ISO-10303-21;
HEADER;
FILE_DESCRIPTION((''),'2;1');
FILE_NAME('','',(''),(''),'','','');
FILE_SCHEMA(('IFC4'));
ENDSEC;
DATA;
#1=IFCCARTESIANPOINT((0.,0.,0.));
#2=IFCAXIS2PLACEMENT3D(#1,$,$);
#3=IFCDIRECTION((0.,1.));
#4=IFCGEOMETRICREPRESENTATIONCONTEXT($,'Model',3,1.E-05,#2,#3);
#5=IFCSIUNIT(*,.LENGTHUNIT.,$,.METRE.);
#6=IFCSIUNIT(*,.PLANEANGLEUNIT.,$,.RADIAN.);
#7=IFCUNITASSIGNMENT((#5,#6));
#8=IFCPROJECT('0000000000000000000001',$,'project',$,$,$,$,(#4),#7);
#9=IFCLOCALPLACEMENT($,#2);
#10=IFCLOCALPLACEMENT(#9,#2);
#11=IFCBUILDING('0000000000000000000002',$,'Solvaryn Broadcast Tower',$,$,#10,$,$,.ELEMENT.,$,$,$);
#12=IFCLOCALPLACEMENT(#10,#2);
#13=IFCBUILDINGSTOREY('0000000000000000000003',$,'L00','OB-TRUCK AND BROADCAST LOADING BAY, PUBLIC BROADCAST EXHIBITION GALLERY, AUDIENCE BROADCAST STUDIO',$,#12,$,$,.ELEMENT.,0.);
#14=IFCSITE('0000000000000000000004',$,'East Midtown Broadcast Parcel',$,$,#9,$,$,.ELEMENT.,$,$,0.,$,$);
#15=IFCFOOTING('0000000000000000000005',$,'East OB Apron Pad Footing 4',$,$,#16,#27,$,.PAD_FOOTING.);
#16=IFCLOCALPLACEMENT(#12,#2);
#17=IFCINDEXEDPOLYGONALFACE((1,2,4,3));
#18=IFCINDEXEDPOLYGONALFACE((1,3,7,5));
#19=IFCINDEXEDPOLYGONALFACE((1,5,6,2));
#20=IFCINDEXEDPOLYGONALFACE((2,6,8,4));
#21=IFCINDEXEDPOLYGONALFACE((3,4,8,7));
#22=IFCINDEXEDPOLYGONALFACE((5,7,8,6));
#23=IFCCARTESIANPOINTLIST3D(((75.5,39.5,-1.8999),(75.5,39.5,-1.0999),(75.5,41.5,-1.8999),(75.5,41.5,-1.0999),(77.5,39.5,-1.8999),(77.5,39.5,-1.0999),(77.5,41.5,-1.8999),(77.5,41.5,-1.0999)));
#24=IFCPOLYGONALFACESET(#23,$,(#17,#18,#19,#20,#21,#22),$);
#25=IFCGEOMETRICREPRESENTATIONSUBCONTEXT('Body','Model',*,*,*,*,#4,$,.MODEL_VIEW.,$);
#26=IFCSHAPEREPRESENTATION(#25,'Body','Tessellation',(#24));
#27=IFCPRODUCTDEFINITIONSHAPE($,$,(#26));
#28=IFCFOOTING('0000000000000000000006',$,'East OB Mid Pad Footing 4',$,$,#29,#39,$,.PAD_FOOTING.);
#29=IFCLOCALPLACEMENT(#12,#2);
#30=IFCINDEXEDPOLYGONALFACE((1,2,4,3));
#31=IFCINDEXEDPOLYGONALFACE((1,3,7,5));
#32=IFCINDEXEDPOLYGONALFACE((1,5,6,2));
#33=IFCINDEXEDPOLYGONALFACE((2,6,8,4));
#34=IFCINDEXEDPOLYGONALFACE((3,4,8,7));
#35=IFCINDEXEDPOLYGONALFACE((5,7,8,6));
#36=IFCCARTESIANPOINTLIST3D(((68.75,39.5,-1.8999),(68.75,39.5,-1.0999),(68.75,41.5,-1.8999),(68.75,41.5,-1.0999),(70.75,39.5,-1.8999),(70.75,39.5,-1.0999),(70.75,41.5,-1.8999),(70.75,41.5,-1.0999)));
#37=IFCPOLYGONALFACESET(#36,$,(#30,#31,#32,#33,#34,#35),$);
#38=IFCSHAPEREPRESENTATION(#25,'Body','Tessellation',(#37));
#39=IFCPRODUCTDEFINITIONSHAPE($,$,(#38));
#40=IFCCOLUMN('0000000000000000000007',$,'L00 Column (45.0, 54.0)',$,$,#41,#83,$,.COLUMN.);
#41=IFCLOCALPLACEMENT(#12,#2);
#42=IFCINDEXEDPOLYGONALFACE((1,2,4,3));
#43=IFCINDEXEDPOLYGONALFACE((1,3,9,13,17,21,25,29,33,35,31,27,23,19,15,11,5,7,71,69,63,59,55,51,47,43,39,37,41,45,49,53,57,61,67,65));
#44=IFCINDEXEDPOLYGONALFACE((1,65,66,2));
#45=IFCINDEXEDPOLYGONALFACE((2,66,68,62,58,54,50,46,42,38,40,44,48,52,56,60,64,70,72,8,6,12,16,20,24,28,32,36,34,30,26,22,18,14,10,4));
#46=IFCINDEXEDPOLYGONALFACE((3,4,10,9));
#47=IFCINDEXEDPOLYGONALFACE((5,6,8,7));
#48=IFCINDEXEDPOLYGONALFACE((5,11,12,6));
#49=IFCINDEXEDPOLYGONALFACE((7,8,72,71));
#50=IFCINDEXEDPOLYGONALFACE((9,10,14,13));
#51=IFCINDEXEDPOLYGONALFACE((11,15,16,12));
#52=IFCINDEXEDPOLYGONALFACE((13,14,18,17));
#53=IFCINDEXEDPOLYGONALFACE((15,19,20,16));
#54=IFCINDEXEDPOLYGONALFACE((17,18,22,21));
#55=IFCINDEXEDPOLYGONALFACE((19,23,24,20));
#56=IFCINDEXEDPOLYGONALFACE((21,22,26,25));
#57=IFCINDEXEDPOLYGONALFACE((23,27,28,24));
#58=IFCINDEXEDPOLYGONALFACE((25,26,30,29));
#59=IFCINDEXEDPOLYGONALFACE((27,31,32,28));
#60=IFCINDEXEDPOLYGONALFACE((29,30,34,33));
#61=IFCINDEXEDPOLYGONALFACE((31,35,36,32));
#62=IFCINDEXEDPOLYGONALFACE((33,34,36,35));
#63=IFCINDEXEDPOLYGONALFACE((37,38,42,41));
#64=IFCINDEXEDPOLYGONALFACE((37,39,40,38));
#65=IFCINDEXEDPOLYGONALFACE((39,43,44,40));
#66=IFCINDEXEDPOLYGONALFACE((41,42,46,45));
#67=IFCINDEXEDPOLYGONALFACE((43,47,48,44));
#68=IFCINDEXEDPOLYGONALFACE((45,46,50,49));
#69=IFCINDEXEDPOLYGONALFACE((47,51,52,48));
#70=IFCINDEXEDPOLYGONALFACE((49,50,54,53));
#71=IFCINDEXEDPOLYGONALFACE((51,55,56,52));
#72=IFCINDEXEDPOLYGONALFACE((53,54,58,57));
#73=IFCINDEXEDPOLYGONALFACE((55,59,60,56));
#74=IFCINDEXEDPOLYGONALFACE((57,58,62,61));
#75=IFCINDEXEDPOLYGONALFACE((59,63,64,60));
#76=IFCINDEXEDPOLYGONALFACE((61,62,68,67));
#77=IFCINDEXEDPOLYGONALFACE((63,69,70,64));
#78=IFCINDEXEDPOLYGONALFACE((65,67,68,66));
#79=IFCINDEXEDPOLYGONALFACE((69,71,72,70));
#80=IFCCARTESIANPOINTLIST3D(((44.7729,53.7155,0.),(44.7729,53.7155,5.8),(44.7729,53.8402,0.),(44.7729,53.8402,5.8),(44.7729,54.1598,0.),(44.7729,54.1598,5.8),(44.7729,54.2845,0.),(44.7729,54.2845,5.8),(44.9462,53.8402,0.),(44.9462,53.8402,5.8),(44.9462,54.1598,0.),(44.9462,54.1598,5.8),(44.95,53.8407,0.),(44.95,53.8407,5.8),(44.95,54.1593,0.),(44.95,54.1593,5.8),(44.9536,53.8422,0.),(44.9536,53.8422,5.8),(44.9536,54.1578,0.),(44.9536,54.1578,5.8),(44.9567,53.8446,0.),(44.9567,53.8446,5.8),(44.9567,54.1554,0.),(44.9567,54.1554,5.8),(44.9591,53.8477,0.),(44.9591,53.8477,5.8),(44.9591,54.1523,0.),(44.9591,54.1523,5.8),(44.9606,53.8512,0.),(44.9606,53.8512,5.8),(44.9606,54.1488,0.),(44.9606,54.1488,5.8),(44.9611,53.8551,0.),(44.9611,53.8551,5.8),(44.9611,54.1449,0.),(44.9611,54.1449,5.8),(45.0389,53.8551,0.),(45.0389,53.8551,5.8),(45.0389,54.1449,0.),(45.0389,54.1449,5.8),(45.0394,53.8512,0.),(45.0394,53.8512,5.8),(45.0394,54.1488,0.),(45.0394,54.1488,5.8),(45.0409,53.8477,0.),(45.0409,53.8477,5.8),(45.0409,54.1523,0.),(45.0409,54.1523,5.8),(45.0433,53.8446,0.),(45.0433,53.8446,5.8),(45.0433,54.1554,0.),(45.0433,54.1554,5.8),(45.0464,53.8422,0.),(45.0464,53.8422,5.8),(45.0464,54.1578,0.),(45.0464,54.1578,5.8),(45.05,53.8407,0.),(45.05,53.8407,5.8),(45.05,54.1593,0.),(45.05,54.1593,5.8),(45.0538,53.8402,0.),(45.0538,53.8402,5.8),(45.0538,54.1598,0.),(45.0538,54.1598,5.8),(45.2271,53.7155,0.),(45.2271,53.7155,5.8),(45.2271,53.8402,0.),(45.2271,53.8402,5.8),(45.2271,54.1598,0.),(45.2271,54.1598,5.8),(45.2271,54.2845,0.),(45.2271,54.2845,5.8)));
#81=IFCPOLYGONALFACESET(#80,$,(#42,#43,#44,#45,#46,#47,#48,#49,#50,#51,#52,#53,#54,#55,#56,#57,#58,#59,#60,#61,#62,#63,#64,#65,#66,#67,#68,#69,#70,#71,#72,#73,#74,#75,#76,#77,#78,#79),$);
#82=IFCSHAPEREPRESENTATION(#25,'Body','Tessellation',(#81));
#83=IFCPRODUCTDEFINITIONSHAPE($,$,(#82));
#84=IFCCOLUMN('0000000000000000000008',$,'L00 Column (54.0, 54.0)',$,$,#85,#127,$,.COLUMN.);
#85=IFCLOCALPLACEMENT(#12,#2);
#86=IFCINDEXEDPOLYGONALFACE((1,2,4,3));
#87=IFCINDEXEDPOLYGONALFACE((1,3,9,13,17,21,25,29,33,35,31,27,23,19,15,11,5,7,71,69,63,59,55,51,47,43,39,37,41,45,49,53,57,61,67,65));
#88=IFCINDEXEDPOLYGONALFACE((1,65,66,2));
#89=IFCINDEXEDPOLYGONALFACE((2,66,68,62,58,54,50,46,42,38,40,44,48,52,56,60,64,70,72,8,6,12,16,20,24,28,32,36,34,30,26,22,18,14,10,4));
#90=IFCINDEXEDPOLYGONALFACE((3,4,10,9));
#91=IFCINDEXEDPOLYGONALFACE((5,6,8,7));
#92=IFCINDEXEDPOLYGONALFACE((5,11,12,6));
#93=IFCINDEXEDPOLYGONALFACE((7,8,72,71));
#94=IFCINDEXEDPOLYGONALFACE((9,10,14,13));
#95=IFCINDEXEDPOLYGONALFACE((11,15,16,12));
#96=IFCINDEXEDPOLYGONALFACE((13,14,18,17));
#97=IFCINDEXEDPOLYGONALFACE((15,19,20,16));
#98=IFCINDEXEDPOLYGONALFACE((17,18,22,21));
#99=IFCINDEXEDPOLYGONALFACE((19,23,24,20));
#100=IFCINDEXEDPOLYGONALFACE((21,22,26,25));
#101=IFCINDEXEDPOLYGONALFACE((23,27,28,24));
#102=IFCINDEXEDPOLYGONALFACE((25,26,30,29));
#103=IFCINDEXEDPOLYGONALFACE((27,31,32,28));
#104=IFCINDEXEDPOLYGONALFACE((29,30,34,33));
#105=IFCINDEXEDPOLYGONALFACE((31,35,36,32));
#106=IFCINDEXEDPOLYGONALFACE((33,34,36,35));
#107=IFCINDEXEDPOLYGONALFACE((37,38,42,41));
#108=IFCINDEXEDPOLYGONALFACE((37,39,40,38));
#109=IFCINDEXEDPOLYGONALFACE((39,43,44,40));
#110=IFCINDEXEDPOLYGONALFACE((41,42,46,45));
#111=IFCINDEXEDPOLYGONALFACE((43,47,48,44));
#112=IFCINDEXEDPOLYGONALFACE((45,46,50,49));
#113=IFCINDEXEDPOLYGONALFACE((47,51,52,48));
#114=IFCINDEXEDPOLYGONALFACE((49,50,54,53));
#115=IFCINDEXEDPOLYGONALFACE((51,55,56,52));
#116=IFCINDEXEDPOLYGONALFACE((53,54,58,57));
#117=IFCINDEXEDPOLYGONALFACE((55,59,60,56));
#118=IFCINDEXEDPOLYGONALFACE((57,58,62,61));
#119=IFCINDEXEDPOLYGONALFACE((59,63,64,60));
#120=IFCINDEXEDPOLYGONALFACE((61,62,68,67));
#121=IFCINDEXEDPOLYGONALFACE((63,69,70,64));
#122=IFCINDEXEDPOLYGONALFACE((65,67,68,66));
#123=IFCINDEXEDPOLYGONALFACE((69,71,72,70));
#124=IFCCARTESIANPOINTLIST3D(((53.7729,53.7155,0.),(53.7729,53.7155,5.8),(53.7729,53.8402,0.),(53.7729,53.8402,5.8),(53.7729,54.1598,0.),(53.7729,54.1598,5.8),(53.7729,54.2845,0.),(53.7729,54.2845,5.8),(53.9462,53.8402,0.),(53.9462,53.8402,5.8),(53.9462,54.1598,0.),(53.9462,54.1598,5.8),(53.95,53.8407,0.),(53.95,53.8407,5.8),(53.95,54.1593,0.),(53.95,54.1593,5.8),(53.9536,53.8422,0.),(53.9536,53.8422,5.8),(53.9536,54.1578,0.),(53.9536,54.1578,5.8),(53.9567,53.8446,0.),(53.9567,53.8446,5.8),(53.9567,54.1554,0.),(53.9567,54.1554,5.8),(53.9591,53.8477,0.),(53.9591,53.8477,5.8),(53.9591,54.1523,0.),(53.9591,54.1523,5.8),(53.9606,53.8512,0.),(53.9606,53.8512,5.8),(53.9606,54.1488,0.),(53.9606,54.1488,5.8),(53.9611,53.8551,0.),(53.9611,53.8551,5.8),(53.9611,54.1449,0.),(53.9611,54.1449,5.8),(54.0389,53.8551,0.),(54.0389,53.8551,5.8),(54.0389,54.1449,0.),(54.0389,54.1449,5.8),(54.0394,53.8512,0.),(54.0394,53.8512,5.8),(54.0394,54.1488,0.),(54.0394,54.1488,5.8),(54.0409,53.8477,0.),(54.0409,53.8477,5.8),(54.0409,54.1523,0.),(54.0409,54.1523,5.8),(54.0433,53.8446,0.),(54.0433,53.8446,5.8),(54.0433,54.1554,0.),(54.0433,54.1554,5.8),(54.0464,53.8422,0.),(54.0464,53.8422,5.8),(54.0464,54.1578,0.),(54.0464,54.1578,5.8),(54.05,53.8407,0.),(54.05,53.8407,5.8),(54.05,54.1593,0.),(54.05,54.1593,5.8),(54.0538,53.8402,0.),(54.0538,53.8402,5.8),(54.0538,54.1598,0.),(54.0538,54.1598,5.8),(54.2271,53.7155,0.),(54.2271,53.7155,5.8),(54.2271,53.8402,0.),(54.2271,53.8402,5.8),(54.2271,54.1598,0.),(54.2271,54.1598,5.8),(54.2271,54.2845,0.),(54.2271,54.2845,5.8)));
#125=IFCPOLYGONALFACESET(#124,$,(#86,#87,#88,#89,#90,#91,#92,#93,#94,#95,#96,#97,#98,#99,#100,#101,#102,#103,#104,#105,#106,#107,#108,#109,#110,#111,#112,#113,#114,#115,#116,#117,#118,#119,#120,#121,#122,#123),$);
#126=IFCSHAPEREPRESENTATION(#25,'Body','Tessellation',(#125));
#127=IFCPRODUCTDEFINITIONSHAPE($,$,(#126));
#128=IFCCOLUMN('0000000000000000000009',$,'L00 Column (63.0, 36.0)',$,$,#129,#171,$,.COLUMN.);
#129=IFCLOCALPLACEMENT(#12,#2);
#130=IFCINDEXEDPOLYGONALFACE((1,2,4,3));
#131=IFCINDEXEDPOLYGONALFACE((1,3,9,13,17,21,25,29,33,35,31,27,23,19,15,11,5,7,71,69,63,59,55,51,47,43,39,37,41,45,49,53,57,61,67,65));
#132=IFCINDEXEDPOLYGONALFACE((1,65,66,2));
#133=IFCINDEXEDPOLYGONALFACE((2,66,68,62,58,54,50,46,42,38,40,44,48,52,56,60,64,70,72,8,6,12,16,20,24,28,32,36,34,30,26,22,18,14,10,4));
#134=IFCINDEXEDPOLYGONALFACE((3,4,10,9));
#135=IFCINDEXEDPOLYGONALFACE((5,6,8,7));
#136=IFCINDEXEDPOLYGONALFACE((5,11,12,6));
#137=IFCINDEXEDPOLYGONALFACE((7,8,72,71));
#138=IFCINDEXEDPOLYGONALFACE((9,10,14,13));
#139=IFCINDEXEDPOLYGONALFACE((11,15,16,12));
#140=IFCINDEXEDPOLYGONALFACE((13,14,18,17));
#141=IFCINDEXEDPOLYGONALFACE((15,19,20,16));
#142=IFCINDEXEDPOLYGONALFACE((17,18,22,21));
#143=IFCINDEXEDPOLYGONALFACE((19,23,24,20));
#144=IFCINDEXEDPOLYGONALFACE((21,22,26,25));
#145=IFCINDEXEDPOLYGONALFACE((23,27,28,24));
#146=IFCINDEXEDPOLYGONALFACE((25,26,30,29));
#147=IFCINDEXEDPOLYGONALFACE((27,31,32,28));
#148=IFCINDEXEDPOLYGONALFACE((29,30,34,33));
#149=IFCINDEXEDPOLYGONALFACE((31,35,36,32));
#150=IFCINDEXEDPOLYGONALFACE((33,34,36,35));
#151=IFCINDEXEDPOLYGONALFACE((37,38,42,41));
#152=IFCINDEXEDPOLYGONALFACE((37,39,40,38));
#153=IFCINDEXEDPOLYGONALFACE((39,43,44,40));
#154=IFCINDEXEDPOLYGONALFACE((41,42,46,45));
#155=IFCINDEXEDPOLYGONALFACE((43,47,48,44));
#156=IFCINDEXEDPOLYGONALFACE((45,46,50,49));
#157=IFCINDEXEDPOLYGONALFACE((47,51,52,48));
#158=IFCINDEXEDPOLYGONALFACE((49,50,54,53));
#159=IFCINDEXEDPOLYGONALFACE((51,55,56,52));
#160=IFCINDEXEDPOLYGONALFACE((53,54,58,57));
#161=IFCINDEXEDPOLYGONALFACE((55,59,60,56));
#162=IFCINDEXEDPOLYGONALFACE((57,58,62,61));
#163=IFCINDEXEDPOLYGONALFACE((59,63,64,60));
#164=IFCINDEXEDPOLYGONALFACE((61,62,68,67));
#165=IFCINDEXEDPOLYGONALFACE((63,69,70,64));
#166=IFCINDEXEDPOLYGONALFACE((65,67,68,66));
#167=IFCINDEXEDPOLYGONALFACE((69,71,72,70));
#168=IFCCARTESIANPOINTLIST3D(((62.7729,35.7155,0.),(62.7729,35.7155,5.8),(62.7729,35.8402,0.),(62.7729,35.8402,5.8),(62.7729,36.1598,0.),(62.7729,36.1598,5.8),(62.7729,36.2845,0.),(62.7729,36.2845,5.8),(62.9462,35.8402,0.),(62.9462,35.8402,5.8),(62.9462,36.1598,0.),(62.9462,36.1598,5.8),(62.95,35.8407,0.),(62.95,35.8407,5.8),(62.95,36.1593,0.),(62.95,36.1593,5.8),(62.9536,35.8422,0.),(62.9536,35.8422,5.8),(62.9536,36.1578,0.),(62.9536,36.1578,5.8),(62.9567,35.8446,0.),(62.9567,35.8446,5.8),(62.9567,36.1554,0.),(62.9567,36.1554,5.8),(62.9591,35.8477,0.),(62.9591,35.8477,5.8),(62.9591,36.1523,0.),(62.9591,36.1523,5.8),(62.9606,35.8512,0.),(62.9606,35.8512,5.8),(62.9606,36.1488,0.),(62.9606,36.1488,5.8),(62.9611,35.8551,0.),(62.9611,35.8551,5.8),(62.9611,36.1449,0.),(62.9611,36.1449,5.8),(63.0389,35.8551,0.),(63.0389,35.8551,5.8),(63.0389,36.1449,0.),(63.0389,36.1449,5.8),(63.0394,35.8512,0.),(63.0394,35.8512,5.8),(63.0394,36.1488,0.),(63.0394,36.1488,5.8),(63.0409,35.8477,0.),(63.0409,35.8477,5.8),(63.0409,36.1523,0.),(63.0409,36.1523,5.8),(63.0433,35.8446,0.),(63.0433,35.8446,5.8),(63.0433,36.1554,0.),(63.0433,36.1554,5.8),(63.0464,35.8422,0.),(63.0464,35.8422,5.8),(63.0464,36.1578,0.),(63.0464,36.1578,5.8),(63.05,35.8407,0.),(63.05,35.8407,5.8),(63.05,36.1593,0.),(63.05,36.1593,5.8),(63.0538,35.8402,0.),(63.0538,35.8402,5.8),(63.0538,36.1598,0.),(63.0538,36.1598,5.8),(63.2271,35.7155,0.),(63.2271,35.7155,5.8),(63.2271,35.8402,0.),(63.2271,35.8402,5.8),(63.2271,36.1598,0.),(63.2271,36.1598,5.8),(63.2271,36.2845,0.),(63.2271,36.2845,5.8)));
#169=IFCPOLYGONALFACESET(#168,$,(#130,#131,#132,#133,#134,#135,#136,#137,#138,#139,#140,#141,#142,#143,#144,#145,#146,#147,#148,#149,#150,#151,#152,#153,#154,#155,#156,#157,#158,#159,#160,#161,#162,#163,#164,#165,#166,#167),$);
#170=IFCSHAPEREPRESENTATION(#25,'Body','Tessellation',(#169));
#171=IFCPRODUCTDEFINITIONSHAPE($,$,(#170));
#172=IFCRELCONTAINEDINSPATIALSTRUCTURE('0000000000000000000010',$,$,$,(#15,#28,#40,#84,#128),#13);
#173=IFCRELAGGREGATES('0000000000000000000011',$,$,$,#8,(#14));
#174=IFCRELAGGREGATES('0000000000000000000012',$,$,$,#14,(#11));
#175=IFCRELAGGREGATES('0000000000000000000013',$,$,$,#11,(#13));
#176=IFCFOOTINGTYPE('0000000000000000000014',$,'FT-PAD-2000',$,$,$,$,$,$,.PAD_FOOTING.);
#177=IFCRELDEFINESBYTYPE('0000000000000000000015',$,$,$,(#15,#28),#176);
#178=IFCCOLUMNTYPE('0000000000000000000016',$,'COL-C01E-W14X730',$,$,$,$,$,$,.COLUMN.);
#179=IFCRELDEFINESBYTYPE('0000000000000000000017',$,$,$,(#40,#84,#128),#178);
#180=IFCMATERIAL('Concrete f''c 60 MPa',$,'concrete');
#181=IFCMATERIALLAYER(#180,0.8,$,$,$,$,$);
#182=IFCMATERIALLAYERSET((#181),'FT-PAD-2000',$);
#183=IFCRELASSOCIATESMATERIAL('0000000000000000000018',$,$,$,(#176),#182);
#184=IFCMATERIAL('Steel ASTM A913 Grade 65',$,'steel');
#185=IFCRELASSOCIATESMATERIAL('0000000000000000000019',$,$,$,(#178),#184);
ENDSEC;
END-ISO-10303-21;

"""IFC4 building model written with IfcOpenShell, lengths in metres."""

from ifc_helpers import new_model, si_unit, direction, frame, origin, origin_2d, place, context, subcontext, project, spatial, rectangle, i_section, extrude, material, layer, layer_set, material_profile, profile_set, type_object, element, save


model = new_model("IFC4")

# Units and contexts
model_context = context("Model", 3, precision=1e-05, world=origin(), true_north=direction((0.0, 1.0)))
body_context = subcontext(model_context, "Body", "Model", "MODEL_VIEW")
ifc_project = project(units=[si_unit("LENGTHUNIT", "METRE"), si_unit("PLANEANGLEUNIT", "RADIAN")], contexts=[model_context])

# Site, building, storey
site_placement = place(None, origin())
site = spatial("IfcSite", under=ifc_project, at=site_placement, Name="East Midtown Broadcast Parcel", CompositionType="ELEMENT", RefElevation=0.0)
building_placement = place(site_placement, origin())
building = spatial("IfcBuilding", under=site, at=building_placement, Name="Solvaryn Broadcast Tower", CompositionType="ELEMENT")
storey_placement = place(building_placement, origin())
storey = spatial("IfcBuildingStorey", under=building, at=storey_placement, Name="L00", Description="OB-TRUCK AND BROADCAST LOADING BAY, PUBLIC BROADCAST EXHIBITION GALLERY, AUDIENCE BROADCAST STUDIO", CompositionType="ELEMENT", Elevation=0.0)

# Footings
ifc_material_1 = material(Name="Concrete f'c 60 MPa", Category="concrete")
ifc_layer_1 = layer(ifc_material_1, 0.8)
ifc_layer_set_1 = layer_set([ifc_layer_1], Name="FT-PAD-2000")
footing_type = type_object("IfcFootingType", Name="FT-PAD-2000", PredefinedType="PAD_FOOTING", material=ifc_layer_set_1)
for number, where, z_axis, x_axis, name in (
    (1, (76.5, 40.5, -1.8999), (0.0, 0.0, 1.0), (1.0, 0.0, 0.0), "East OB Apron Pad Footing 4"),
    (2, (69.75, 40.5, -1.8999), (0.0, 0.0, 1.0), (1.0, 0.0, 0.0), "East OB Mid Pad Footing 4"),
):
    element("IfcFooting", number, at=place(storey_placement, frame(where, z_axis=z_axis, x_axis=x_axis)), inside=storey, type_object=footing_type, Name=name, PredefinedType="PAD_FOOTING", context=body_context, shape_type="SweptSolid", body=[
        extrude(rectangle(XDim=2.0, YDim=2.0, at=origin_2d()), origin(), (0.0, 0.0, 1.0), 0.8),
    ])

# Columns
ifc_material_2 = material(Name="Steel ASTM A913 Grade 65", Category="steel")
ifc_material_profile_1 = material_profile(ifc_material_2, i_section(OverallWidth=0.4541, OverallDepth=0.5691, WebThickness=0.0779, FlangeThickness=0.1248, FilletRadius=0.0149, at=origin_2d()))
ifc_profile_set_1 = profile_set([ifc_material_profile_1], Name="Steel ASTM A913 Grade 65")
column_type_1 = type_object("IfcColumnType", Name="COL-C01E-W14X730", PredefinedType="COLUMN", material=ifc_profile_set_1)
for number, where, z_axis, x_axis, name in (
    (3, (45.0, 54.0, 0.0), (0.0, 0.0, 1.0), (1.0, 0.0, 0.0), "L00 Column (45.0, 54.0)"),
    (4, (54.0, 54.0, 0.0), (0.0, 0.0, 1.0), (1.0, 0.0, 0.0), "L00 Column (54.0, 54.0)"),
    (5, (63.0, 36.0, 0.0), (0.0, 0.0, 1.0), (1.0, 0.0, 0.0), "L00 Column (63.0, 36.0)"),
):
    element("IfcColumn", number, at=place(storey_placement, frame(where, z_axis=z_axis, x_axis=x_axis)), inside=storey, type_object=column_type_1, Name=name, PredefinedType="COLUMN", context=body_context, shape_type="SweptSolid", body=[
        extrude(i_section(OverallWidth=0.4541, OverallDepth=0.5691, WebThickness=0.0779, FlangeThickness=0.1248, FilletRadius=0.0149, at=origin_2d()), origin(), (0.0, 0.0, 1.0), 5.8),
    ])

save(model, "model.ifc")
